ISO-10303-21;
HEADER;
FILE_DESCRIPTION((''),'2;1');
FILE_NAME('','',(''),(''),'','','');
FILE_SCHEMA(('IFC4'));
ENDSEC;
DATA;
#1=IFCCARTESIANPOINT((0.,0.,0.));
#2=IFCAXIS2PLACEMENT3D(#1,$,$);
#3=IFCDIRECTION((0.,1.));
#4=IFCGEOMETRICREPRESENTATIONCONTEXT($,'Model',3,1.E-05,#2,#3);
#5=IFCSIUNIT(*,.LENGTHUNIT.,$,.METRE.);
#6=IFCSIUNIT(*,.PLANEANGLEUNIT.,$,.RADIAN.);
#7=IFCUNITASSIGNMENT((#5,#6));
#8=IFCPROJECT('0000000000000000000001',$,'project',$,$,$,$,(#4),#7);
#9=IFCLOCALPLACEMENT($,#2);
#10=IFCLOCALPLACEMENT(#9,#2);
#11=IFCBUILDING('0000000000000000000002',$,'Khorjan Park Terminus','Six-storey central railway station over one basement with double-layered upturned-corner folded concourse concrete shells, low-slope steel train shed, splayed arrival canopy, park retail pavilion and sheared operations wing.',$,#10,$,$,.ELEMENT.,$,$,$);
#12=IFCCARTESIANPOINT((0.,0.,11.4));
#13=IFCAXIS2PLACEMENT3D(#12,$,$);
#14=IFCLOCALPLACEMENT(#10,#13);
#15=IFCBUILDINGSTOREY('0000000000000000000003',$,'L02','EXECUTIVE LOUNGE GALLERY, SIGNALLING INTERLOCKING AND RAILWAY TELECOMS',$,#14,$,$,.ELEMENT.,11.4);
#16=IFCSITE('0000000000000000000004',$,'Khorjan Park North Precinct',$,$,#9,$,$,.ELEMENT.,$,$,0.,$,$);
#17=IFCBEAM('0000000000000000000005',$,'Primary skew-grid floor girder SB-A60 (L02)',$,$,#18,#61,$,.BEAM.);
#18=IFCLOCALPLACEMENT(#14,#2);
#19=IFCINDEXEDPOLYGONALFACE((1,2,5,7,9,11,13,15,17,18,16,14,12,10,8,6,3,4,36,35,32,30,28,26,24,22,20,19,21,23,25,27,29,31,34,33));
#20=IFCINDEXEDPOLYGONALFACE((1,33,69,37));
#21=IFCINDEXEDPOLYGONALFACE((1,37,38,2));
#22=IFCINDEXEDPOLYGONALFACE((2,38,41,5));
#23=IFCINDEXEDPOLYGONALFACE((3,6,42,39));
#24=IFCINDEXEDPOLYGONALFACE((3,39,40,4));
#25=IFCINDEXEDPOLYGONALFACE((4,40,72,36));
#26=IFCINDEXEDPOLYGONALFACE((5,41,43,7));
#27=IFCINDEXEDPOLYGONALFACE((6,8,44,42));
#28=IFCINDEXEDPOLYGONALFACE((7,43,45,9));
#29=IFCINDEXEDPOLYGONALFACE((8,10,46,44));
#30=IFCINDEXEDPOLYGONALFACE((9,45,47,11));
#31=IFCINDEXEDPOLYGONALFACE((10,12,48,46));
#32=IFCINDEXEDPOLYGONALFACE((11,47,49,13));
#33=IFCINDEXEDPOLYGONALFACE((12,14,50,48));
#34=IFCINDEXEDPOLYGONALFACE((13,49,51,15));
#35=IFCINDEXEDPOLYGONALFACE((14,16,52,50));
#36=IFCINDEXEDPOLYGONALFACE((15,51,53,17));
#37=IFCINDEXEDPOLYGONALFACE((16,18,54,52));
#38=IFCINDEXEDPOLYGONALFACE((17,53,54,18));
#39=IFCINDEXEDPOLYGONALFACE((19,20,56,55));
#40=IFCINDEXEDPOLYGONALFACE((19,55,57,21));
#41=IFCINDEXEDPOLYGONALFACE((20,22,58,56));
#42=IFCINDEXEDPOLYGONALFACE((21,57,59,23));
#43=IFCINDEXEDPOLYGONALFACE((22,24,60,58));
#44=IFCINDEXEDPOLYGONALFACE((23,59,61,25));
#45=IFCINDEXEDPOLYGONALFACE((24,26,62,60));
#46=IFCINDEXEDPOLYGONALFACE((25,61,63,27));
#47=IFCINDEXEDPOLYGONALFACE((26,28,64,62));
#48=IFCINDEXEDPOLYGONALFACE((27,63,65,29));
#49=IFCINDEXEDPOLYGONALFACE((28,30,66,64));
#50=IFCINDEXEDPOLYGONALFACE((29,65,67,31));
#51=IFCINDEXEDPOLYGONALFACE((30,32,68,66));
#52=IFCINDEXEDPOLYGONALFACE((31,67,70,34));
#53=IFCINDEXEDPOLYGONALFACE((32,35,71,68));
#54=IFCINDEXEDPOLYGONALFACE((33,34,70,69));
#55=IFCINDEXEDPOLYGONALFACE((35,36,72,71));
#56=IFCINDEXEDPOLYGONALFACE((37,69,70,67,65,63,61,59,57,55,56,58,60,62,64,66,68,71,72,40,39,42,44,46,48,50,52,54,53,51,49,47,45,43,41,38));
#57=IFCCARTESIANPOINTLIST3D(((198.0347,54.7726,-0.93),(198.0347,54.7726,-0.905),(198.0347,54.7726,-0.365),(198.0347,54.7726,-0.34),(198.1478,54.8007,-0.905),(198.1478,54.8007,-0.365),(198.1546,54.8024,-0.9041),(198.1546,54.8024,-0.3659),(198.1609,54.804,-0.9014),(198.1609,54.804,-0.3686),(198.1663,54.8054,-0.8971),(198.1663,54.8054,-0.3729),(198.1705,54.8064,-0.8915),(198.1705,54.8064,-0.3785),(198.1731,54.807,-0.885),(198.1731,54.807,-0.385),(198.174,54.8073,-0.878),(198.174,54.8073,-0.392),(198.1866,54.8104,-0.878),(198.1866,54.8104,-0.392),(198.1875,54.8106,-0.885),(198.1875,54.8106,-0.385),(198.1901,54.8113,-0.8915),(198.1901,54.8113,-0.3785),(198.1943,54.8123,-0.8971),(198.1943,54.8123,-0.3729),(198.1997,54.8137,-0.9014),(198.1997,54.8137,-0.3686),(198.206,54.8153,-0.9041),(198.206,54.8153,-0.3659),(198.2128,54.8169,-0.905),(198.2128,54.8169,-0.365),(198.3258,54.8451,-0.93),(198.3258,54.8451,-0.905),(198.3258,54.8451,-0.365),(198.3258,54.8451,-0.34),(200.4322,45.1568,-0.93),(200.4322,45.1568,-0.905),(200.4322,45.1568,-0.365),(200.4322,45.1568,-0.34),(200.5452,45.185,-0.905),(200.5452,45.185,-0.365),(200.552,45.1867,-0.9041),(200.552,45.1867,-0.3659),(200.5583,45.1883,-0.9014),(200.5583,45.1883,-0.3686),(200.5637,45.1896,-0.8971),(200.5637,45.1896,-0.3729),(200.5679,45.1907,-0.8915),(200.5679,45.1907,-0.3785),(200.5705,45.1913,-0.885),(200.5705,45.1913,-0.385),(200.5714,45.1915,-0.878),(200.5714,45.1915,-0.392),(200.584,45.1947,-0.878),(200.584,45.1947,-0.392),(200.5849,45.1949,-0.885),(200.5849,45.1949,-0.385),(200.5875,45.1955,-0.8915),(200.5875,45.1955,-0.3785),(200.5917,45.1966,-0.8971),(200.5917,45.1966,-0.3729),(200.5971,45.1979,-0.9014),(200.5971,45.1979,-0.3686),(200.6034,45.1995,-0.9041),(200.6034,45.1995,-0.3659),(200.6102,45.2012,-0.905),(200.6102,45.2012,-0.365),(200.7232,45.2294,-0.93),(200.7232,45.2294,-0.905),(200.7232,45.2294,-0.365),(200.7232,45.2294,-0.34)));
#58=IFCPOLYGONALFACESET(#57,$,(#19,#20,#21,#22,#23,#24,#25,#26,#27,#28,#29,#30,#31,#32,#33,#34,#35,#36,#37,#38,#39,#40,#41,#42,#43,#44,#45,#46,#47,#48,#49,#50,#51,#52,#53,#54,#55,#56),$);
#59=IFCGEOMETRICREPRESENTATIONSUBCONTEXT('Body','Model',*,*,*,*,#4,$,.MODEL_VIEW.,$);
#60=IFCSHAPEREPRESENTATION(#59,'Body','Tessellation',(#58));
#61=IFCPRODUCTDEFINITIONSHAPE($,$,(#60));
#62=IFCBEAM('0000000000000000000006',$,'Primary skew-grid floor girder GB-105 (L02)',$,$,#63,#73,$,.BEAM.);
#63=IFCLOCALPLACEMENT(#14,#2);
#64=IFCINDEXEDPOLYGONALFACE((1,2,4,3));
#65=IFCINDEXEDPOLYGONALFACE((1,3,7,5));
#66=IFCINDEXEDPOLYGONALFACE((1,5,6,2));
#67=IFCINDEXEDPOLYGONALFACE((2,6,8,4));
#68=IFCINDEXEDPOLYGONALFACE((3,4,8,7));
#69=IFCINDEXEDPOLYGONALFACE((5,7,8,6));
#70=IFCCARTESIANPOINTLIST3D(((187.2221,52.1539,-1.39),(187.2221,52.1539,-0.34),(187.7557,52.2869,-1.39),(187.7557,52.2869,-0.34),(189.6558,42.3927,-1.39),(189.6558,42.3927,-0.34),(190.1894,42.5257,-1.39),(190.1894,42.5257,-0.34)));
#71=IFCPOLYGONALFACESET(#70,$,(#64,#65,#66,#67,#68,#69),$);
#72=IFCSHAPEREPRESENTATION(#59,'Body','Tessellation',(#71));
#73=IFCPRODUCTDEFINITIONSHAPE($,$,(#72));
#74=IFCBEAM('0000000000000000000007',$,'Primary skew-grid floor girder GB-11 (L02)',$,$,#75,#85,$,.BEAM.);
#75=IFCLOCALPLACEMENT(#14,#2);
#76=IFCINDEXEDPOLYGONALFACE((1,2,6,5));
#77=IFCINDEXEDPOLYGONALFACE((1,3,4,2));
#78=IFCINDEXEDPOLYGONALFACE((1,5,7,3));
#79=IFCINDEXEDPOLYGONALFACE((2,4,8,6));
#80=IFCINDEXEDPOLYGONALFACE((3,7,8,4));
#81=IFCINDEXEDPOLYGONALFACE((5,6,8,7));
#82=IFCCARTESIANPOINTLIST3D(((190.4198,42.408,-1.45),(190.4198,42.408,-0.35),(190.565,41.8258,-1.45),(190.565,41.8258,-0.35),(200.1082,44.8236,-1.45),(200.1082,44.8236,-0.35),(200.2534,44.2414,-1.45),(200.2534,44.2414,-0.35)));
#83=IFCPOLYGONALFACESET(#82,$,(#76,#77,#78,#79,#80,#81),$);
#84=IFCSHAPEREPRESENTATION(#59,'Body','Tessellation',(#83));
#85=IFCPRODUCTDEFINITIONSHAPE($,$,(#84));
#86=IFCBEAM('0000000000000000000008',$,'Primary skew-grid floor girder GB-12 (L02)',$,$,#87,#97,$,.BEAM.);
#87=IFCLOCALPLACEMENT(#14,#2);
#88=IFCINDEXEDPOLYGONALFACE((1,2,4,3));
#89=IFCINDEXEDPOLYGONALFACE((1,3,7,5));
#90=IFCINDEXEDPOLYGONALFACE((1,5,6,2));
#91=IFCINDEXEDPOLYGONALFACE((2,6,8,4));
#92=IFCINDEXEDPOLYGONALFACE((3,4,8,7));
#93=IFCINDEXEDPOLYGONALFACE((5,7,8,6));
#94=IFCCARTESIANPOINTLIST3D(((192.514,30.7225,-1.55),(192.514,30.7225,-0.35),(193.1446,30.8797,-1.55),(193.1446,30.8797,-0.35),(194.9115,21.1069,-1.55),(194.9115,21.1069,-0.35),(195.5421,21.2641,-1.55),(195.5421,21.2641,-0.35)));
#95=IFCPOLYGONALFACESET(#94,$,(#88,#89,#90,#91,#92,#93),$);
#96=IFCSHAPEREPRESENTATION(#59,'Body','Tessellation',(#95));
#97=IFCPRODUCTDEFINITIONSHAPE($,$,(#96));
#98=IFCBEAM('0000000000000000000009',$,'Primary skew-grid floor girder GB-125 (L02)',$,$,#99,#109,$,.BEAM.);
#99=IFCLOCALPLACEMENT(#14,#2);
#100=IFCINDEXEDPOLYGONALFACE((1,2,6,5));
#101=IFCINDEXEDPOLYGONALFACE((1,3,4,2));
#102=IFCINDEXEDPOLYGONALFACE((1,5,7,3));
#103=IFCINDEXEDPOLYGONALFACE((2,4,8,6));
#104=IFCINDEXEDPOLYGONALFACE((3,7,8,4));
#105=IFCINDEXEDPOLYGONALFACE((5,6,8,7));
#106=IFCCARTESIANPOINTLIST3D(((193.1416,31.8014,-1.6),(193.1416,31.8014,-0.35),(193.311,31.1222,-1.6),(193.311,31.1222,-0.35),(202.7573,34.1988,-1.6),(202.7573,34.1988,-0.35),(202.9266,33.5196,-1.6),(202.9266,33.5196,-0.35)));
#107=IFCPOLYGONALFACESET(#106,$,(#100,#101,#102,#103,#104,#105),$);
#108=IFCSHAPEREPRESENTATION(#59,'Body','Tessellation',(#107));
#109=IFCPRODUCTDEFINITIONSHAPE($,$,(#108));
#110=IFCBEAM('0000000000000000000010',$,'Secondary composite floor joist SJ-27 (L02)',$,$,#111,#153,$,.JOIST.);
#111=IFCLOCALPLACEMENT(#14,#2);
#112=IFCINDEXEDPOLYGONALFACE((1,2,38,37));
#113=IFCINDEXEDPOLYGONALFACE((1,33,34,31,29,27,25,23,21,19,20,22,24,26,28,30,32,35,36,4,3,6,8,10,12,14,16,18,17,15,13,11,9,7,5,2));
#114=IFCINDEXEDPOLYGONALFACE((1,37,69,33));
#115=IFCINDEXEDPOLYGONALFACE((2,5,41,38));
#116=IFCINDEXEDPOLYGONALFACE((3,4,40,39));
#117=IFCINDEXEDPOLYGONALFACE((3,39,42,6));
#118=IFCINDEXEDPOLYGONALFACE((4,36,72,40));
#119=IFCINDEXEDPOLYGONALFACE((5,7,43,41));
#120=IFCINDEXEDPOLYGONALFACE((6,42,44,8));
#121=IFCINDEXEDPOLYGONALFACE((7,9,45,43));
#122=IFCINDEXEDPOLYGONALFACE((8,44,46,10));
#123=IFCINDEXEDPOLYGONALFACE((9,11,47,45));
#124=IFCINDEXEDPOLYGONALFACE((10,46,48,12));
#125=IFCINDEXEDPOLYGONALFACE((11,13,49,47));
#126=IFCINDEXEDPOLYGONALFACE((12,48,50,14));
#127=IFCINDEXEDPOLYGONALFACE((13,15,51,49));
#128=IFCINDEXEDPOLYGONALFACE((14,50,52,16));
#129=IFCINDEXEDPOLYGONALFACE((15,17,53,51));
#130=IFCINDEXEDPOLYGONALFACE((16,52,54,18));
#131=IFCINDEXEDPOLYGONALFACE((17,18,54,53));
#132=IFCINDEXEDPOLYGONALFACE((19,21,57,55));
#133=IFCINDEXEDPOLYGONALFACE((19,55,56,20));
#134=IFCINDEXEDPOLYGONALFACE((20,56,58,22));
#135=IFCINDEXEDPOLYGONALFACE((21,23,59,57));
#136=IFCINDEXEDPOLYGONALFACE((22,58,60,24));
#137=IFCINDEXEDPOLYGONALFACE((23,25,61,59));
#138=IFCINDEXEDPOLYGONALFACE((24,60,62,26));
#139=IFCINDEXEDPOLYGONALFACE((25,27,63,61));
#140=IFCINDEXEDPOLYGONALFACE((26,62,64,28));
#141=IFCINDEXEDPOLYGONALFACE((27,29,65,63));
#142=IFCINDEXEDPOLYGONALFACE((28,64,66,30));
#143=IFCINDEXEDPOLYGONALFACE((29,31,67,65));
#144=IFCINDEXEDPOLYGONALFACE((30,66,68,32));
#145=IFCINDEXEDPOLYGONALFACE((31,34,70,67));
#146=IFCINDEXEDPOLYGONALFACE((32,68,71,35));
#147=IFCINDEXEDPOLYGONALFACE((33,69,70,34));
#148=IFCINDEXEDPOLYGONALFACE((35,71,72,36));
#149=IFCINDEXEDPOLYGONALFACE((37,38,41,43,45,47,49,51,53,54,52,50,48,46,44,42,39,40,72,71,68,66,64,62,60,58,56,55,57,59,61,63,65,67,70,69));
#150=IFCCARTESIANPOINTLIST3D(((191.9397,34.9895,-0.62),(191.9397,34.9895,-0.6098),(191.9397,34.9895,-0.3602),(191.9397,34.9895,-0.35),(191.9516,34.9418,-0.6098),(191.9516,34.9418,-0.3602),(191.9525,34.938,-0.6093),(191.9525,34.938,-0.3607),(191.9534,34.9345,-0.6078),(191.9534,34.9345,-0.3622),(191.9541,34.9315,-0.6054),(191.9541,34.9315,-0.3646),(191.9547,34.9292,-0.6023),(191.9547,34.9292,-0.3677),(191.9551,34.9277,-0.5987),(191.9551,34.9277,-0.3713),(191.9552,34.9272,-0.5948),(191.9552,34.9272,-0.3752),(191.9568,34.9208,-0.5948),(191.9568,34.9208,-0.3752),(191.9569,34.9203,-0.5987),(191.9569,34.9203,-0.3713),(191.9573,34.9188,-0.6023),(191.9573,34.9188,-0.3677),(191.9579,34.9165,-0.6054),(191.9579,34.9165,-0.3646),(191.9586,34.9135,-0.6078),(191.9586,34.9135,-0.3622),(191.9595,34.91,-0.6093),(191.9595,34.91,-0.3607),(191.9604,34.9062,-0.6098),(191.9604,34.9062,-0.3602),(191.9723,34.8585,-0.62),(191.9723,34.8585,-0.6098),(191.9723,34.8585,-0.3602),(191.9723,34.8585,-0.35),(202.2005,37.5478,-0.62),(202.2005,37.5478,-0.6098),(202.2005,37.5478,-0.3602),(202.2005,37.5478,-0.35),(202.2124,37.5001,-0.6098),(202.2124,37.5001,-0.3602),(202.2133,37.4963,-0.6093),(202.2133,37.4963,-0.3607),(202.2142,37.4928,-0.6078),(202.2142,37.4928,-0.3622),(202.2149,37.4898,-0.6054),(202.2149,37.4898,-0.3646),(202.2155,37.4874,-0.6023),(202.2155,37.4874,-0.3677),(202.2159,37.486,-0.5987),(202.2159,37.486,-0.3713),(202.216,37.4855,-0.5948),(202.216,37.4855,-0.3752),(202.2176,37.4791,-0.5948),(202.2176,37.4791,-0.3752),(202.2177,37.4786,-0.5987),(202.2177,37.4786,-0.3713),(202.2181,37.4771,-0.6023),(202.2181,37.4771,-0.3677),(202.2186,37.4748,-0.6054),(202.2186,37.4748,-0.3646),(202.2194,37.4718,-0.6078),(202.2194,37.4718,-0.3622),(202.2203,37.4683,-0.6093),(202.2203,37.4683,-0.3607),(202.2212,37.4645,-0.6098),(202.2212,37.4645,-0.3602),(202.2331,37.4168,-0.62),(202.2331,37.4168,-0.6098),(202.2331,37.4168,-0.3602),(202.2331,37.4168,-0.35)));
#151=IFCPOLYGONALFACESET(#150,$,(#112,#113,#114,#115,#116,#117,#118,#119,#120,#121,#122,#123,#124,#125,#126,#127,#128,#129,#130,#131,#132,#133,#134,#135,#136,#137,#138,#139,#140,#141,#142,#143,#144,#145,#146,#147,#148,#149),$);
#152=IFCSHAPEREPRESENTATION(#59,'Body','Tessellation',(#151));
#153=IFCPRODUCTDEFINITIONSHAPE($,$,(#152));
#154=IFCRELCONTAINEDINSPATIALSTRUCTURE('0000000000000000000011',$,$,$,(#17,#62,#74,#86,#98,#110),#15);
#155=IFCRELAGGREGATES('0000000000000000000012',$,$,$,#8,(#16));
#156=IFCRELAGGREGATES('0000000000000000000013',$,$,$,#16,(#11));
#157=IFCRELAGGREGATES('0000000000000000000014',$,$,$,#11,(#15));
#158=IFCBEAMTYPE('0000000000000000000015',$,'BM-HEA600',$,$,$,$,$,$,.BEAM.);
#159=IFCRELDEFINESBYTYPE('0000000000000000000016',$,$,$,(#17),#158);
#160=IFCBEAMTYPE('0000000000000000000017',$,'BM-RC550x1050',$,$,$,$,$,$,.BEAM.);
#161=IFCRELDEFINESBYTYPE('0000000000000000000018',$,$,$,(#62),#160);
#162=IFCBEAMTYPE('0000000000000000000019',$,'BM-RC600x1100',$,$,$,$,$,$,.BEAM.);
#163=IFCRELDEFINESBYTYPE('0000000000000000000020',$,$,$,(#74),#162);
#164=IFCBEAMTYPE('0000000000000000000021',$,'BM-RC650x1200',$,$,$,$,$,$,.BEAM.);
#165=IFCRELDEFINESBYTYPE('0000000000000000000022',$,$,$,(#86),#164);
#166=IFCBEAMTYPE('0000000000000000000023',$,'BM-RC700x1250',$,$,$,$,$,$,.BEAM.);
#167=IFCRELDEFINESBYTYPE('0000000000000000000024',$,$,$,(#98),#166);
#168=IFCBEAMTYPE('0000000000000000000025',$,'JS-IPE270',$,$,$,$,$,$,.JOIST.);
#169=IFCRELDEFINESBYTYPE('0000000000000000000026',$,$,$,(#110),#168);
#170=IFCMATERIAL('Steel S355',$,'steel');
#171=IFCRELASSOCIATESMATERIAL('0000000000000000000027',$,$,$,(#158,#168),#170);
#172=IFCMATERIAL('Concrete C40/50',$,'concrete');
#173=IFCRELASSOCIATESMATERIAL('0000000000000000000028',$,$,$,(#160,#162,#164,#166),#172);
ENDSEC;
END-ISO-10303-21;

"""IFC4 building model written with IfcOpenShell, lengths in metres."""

from ifc_helpers import new_model, si_unit, direction, frame, origin, origin_2d, place, context, subcontext, project, spatial, rectangle, i_section, extrude, material, material_profile, profile_set, type_object, element, save


model = new_model("IFC4")

# Units and contexts
model_context = context("Model", 3, precision=1e-05, world=origin(), true_north=direction((0.0, 1.0)))
body_context = subcontext(model_context, "Body", "Model", "MODEL_VIEW")
ifc_project = project(units=[si_unit("LENGTHUNIT", "METRE"), si_unit("PLANEANGLEUNIT", "RADIAN")], contexts=[model_context])

# Site, building, storey
site_placement = place(None, origin())
site = spatial("IfcSite", under=ifc_project, at=site_placement, Name="Khorjan Park North Precinct", CompositionType="ELEMENT", RefElevation=0.0)
building_placement = place(site_placement, origin())
building = spatial("IfcBuilding", under=site, at=building_placement, Name="Khorjan Park Terminus", Description="Six-storey central railway station over one basement with double-layered upturned-corner folded concourse concrete shells, low-slope steel train shed, splayed arrival canopy, park retail pavilion and sheared operations wing.", CompositionType="ELEMENT")
storey_placement = place(building_placement, frame((0.0, 0.0, 11.4)))
storey = spatial("IfcBuildingStorey", under=building, at=storey_placement, Name="L02", Description="EXECUTIVE LOUNGE GALLERY, SIGNALLING INTERLOCKING AND RAILWAY TELECOMS", CompositionType="ELEMENT", Elevation=11.4)

# Beams
ifc_material_1 = material(Name="Steel S355", Category="steel")
ifc_material_profile_1 = material_profile(ifc_material_1, i_section(OverallWidth=0.3, OverallDepth=0.59, WebThickness=0.013, FlangeThickness=0.025, FilletRadius=0.027, at=origin_2d()), Name="HEA 600")
ifc_profile_set_1 = profile_set([ifc_material_profile_1], Name="Steel S355")
beam_type_1 = type_object("IfcBeamType", Name="BM-HEA600", PredefinedType="BEAM", material=ifc_profile_set_1)
beam_1_placement = place(storey_placement, frame((200.5777, 45.1931, -0.635), z_axis=(-0.241916, 0.970297, 0.0), x_axis=(-0.970297, -0.241916, 0.0)))
element("IfcBeam", 1, at=beam_1_placement, inside=storey, type_object=beam_type_1, Name="Primary skew-grid floor girder SB-A60 (L02)", PredefinedType="BEAM", context=body_context, shape_type="SweptSolid", body=[
    extrude(i_section(OverallWidth=0.3, OverallDepth=0.59, WebThickness=0.013, FlangeThickness=0.025, FilletRadius=0.027, at=origin_2d()), origin(), (0.0, 0.0, 1.0), 9.9101),
])
ifc_material_2 = material(Name="Concrete C40/50", Category="concrete")
ifc_material_profile_2 = material_profile(ifc_material_2, rectangle(XDim=0.55, YDim=1.05, at=origin_2d()), Name="RC 550x1050")
ifc_profile_set_2 = profile_set([ifc_material_profile_2], Name="Concrete C40/50")
beam_type_2 = type_object("IfcBeamType", Name="BM-RC550x1050", PredefinedType="BEAM", material=ifc_profile_set_2)
beam_2_placement = place(storey_placement, frame((189.9226, 42.4592, -0.865), z_axis=(-0.241918, 0.970297, 0.0), x_axis=(-0.970297, -0.241918, 0.0)))
element("IfcBeam", 2, at=beam_2_placement, inside=storey, type_object=beam_type_2, Name="Primary skew-grid floor girder GB-105 (L02)", PredefinedType="BEAM", context=body_context, shape_type="SweptSolid", body=[
    extrude(rectangle(XDim=0.55, YDim=1.05, at=origin_2d()), origin(), (0.0, 0.0, 1.0), 10.06),
])
ifc_material_profile_3 = material_profile(ifc_material_2, rectangle(XDim=0.6, YDim=1.1, at=origin_2d()), Name="RC 600x1100")
ifc_profile_set_3 = profile_set([ifc_material_profile_3], Name="Concrete C40/50")
beam_type_3 = type_object("IfcBeamType", Name="BM-RC600x1100", PredefinedType="BEAM", material=ifc_profile_set_3)
beam_3_placement = place(storey_placement, frame((190.4924, 42.1169, -0.9), z_axis=(0.970295, 0.241923, 0.0), x_axis=(-0.241923, 0.970295, 0.0)))
element("IfcBeam", 3, at=beam_3_placement, inside=storey, type_object=beam_type_3, Name="Primary skew-grid floor girder GB-11 (L02)", PredefinedType="BEAM", context=body_context, shape_type="SweptSolid", body=[
    extrude(rectangle(XDim=0.6, YDim=1.1, at=origin_2d()), origin(), (0.0, 0.0, 1.0), 9.985),
])
ifc_material_profile_4 = material_profile(ifc_material_2, rectangle(XDim=0.65, YDim=1.2, at=origin_2d()), Name="RC 650x1200")
ifc_profile_set_4 = profile_set([ifc_material_profile_4], Name="Concrete C40/50")
beam_type_4 = type_object("IfcBeamType", Name="BM-RC650x1200", PredefinedType="BEAM", material=ifc_profile_set_4)
beam_4_placement = place(storey_placement, frame((195.2268, 21.1855, -0.95), z_axis=(-0.241928, 0.970294, 0.0), x_axis=(-0.970294, -0.241928, 0.0)))
element("IfcBeam", 4, at=beam_4_placement, inside=storey, type_object=beam_type_4, Name="Primary skew-grid floor girder GB-12 (L02)", PredefinedType="BEAM", context=body_context, shape_type="SweptSolid", body=[
    extrude(rectangle(XDim=0.65, YDim=1.2, at=origin_2d()), origin(), (0.0, 0.0, 1.0), 9.91),
])
ifc_material_profile_5 = material_profile(ifc_material_2, rectangle(XDim=0.7, YDim=1.25, at=origin_2d()), Name="RC 700x1250")
ifc_profile_set_5 = profile_set([ifc_material_profile_5], Name="Concrete C40/50")
beam_type_5 = type_object("IfcBeamType", Name="BM-RC700x1250", PredefinedType="BEAM", material=ifc_profile_set_5)
beam_5_placement = place(storey_placement, frame((193.2263, 31.4618, -0.975), z_axis=(0.970297, 0.241918, 0.0), x_axis=(-0.241918, 0.970297, 0.0)))
element("IfcBeam", 5, at=beam_5_placement, inside=storey, type_object=beam_type_5, Name="Primary skew-grid floor girder GB-125 (L02)", PredefinedType="BEAM", context=body_context, shape_type="SweptSolid", body=[
    extrude(rectangle(XDim=0.7, YDim=1.25, at=origin_2d()), origin(), (0.0, 0.0, 1.0), 9.91),
])
ifc_material_profile_6 = material_profile(ifc_material_1, i_section(OverallWidth=0.135, OverallDepth=0.27, WebThickness=0.0066, FlangeThickness=0.0102, FilletRadius=0.015, at=origin_2d()), Name="IPE 270")
ifc_profile_set_6 = profile_set([ifc_material_profile_6], Name="Steel S355")
beam_type_6 = type_object("IfcBeamType", Name="JS-IPE270", PredefinedType="JOIST", material=ifc_profile_set_6)
beam_6_placement = place(storey_placement, frame((191.956, 34.924, -0.485), z_axis=(0.970296, 0.241921, 0.0), x_axis=(-0.241921, 0.970296, 0.0)))
element("IfcBeam", 6, at=beam_6_placement, inside=storey, type_object=beam_type_6, Name="Secondary composite floor joist SJ-27 (L02)", PredefinedType="JOIST", context=body_context, shape_type="SweptSolid", body=[
    extrude(i_section(OverallWidth=0.135, OverallDepth=0.27, WebThickness=0.0066, FlangeThickness=0.0102, FilletRadius=0.015, at=origin_2d()), origin(), (0.0, 0.0, 1.0), 10.5749),
])

save(model, "model.ifc")
